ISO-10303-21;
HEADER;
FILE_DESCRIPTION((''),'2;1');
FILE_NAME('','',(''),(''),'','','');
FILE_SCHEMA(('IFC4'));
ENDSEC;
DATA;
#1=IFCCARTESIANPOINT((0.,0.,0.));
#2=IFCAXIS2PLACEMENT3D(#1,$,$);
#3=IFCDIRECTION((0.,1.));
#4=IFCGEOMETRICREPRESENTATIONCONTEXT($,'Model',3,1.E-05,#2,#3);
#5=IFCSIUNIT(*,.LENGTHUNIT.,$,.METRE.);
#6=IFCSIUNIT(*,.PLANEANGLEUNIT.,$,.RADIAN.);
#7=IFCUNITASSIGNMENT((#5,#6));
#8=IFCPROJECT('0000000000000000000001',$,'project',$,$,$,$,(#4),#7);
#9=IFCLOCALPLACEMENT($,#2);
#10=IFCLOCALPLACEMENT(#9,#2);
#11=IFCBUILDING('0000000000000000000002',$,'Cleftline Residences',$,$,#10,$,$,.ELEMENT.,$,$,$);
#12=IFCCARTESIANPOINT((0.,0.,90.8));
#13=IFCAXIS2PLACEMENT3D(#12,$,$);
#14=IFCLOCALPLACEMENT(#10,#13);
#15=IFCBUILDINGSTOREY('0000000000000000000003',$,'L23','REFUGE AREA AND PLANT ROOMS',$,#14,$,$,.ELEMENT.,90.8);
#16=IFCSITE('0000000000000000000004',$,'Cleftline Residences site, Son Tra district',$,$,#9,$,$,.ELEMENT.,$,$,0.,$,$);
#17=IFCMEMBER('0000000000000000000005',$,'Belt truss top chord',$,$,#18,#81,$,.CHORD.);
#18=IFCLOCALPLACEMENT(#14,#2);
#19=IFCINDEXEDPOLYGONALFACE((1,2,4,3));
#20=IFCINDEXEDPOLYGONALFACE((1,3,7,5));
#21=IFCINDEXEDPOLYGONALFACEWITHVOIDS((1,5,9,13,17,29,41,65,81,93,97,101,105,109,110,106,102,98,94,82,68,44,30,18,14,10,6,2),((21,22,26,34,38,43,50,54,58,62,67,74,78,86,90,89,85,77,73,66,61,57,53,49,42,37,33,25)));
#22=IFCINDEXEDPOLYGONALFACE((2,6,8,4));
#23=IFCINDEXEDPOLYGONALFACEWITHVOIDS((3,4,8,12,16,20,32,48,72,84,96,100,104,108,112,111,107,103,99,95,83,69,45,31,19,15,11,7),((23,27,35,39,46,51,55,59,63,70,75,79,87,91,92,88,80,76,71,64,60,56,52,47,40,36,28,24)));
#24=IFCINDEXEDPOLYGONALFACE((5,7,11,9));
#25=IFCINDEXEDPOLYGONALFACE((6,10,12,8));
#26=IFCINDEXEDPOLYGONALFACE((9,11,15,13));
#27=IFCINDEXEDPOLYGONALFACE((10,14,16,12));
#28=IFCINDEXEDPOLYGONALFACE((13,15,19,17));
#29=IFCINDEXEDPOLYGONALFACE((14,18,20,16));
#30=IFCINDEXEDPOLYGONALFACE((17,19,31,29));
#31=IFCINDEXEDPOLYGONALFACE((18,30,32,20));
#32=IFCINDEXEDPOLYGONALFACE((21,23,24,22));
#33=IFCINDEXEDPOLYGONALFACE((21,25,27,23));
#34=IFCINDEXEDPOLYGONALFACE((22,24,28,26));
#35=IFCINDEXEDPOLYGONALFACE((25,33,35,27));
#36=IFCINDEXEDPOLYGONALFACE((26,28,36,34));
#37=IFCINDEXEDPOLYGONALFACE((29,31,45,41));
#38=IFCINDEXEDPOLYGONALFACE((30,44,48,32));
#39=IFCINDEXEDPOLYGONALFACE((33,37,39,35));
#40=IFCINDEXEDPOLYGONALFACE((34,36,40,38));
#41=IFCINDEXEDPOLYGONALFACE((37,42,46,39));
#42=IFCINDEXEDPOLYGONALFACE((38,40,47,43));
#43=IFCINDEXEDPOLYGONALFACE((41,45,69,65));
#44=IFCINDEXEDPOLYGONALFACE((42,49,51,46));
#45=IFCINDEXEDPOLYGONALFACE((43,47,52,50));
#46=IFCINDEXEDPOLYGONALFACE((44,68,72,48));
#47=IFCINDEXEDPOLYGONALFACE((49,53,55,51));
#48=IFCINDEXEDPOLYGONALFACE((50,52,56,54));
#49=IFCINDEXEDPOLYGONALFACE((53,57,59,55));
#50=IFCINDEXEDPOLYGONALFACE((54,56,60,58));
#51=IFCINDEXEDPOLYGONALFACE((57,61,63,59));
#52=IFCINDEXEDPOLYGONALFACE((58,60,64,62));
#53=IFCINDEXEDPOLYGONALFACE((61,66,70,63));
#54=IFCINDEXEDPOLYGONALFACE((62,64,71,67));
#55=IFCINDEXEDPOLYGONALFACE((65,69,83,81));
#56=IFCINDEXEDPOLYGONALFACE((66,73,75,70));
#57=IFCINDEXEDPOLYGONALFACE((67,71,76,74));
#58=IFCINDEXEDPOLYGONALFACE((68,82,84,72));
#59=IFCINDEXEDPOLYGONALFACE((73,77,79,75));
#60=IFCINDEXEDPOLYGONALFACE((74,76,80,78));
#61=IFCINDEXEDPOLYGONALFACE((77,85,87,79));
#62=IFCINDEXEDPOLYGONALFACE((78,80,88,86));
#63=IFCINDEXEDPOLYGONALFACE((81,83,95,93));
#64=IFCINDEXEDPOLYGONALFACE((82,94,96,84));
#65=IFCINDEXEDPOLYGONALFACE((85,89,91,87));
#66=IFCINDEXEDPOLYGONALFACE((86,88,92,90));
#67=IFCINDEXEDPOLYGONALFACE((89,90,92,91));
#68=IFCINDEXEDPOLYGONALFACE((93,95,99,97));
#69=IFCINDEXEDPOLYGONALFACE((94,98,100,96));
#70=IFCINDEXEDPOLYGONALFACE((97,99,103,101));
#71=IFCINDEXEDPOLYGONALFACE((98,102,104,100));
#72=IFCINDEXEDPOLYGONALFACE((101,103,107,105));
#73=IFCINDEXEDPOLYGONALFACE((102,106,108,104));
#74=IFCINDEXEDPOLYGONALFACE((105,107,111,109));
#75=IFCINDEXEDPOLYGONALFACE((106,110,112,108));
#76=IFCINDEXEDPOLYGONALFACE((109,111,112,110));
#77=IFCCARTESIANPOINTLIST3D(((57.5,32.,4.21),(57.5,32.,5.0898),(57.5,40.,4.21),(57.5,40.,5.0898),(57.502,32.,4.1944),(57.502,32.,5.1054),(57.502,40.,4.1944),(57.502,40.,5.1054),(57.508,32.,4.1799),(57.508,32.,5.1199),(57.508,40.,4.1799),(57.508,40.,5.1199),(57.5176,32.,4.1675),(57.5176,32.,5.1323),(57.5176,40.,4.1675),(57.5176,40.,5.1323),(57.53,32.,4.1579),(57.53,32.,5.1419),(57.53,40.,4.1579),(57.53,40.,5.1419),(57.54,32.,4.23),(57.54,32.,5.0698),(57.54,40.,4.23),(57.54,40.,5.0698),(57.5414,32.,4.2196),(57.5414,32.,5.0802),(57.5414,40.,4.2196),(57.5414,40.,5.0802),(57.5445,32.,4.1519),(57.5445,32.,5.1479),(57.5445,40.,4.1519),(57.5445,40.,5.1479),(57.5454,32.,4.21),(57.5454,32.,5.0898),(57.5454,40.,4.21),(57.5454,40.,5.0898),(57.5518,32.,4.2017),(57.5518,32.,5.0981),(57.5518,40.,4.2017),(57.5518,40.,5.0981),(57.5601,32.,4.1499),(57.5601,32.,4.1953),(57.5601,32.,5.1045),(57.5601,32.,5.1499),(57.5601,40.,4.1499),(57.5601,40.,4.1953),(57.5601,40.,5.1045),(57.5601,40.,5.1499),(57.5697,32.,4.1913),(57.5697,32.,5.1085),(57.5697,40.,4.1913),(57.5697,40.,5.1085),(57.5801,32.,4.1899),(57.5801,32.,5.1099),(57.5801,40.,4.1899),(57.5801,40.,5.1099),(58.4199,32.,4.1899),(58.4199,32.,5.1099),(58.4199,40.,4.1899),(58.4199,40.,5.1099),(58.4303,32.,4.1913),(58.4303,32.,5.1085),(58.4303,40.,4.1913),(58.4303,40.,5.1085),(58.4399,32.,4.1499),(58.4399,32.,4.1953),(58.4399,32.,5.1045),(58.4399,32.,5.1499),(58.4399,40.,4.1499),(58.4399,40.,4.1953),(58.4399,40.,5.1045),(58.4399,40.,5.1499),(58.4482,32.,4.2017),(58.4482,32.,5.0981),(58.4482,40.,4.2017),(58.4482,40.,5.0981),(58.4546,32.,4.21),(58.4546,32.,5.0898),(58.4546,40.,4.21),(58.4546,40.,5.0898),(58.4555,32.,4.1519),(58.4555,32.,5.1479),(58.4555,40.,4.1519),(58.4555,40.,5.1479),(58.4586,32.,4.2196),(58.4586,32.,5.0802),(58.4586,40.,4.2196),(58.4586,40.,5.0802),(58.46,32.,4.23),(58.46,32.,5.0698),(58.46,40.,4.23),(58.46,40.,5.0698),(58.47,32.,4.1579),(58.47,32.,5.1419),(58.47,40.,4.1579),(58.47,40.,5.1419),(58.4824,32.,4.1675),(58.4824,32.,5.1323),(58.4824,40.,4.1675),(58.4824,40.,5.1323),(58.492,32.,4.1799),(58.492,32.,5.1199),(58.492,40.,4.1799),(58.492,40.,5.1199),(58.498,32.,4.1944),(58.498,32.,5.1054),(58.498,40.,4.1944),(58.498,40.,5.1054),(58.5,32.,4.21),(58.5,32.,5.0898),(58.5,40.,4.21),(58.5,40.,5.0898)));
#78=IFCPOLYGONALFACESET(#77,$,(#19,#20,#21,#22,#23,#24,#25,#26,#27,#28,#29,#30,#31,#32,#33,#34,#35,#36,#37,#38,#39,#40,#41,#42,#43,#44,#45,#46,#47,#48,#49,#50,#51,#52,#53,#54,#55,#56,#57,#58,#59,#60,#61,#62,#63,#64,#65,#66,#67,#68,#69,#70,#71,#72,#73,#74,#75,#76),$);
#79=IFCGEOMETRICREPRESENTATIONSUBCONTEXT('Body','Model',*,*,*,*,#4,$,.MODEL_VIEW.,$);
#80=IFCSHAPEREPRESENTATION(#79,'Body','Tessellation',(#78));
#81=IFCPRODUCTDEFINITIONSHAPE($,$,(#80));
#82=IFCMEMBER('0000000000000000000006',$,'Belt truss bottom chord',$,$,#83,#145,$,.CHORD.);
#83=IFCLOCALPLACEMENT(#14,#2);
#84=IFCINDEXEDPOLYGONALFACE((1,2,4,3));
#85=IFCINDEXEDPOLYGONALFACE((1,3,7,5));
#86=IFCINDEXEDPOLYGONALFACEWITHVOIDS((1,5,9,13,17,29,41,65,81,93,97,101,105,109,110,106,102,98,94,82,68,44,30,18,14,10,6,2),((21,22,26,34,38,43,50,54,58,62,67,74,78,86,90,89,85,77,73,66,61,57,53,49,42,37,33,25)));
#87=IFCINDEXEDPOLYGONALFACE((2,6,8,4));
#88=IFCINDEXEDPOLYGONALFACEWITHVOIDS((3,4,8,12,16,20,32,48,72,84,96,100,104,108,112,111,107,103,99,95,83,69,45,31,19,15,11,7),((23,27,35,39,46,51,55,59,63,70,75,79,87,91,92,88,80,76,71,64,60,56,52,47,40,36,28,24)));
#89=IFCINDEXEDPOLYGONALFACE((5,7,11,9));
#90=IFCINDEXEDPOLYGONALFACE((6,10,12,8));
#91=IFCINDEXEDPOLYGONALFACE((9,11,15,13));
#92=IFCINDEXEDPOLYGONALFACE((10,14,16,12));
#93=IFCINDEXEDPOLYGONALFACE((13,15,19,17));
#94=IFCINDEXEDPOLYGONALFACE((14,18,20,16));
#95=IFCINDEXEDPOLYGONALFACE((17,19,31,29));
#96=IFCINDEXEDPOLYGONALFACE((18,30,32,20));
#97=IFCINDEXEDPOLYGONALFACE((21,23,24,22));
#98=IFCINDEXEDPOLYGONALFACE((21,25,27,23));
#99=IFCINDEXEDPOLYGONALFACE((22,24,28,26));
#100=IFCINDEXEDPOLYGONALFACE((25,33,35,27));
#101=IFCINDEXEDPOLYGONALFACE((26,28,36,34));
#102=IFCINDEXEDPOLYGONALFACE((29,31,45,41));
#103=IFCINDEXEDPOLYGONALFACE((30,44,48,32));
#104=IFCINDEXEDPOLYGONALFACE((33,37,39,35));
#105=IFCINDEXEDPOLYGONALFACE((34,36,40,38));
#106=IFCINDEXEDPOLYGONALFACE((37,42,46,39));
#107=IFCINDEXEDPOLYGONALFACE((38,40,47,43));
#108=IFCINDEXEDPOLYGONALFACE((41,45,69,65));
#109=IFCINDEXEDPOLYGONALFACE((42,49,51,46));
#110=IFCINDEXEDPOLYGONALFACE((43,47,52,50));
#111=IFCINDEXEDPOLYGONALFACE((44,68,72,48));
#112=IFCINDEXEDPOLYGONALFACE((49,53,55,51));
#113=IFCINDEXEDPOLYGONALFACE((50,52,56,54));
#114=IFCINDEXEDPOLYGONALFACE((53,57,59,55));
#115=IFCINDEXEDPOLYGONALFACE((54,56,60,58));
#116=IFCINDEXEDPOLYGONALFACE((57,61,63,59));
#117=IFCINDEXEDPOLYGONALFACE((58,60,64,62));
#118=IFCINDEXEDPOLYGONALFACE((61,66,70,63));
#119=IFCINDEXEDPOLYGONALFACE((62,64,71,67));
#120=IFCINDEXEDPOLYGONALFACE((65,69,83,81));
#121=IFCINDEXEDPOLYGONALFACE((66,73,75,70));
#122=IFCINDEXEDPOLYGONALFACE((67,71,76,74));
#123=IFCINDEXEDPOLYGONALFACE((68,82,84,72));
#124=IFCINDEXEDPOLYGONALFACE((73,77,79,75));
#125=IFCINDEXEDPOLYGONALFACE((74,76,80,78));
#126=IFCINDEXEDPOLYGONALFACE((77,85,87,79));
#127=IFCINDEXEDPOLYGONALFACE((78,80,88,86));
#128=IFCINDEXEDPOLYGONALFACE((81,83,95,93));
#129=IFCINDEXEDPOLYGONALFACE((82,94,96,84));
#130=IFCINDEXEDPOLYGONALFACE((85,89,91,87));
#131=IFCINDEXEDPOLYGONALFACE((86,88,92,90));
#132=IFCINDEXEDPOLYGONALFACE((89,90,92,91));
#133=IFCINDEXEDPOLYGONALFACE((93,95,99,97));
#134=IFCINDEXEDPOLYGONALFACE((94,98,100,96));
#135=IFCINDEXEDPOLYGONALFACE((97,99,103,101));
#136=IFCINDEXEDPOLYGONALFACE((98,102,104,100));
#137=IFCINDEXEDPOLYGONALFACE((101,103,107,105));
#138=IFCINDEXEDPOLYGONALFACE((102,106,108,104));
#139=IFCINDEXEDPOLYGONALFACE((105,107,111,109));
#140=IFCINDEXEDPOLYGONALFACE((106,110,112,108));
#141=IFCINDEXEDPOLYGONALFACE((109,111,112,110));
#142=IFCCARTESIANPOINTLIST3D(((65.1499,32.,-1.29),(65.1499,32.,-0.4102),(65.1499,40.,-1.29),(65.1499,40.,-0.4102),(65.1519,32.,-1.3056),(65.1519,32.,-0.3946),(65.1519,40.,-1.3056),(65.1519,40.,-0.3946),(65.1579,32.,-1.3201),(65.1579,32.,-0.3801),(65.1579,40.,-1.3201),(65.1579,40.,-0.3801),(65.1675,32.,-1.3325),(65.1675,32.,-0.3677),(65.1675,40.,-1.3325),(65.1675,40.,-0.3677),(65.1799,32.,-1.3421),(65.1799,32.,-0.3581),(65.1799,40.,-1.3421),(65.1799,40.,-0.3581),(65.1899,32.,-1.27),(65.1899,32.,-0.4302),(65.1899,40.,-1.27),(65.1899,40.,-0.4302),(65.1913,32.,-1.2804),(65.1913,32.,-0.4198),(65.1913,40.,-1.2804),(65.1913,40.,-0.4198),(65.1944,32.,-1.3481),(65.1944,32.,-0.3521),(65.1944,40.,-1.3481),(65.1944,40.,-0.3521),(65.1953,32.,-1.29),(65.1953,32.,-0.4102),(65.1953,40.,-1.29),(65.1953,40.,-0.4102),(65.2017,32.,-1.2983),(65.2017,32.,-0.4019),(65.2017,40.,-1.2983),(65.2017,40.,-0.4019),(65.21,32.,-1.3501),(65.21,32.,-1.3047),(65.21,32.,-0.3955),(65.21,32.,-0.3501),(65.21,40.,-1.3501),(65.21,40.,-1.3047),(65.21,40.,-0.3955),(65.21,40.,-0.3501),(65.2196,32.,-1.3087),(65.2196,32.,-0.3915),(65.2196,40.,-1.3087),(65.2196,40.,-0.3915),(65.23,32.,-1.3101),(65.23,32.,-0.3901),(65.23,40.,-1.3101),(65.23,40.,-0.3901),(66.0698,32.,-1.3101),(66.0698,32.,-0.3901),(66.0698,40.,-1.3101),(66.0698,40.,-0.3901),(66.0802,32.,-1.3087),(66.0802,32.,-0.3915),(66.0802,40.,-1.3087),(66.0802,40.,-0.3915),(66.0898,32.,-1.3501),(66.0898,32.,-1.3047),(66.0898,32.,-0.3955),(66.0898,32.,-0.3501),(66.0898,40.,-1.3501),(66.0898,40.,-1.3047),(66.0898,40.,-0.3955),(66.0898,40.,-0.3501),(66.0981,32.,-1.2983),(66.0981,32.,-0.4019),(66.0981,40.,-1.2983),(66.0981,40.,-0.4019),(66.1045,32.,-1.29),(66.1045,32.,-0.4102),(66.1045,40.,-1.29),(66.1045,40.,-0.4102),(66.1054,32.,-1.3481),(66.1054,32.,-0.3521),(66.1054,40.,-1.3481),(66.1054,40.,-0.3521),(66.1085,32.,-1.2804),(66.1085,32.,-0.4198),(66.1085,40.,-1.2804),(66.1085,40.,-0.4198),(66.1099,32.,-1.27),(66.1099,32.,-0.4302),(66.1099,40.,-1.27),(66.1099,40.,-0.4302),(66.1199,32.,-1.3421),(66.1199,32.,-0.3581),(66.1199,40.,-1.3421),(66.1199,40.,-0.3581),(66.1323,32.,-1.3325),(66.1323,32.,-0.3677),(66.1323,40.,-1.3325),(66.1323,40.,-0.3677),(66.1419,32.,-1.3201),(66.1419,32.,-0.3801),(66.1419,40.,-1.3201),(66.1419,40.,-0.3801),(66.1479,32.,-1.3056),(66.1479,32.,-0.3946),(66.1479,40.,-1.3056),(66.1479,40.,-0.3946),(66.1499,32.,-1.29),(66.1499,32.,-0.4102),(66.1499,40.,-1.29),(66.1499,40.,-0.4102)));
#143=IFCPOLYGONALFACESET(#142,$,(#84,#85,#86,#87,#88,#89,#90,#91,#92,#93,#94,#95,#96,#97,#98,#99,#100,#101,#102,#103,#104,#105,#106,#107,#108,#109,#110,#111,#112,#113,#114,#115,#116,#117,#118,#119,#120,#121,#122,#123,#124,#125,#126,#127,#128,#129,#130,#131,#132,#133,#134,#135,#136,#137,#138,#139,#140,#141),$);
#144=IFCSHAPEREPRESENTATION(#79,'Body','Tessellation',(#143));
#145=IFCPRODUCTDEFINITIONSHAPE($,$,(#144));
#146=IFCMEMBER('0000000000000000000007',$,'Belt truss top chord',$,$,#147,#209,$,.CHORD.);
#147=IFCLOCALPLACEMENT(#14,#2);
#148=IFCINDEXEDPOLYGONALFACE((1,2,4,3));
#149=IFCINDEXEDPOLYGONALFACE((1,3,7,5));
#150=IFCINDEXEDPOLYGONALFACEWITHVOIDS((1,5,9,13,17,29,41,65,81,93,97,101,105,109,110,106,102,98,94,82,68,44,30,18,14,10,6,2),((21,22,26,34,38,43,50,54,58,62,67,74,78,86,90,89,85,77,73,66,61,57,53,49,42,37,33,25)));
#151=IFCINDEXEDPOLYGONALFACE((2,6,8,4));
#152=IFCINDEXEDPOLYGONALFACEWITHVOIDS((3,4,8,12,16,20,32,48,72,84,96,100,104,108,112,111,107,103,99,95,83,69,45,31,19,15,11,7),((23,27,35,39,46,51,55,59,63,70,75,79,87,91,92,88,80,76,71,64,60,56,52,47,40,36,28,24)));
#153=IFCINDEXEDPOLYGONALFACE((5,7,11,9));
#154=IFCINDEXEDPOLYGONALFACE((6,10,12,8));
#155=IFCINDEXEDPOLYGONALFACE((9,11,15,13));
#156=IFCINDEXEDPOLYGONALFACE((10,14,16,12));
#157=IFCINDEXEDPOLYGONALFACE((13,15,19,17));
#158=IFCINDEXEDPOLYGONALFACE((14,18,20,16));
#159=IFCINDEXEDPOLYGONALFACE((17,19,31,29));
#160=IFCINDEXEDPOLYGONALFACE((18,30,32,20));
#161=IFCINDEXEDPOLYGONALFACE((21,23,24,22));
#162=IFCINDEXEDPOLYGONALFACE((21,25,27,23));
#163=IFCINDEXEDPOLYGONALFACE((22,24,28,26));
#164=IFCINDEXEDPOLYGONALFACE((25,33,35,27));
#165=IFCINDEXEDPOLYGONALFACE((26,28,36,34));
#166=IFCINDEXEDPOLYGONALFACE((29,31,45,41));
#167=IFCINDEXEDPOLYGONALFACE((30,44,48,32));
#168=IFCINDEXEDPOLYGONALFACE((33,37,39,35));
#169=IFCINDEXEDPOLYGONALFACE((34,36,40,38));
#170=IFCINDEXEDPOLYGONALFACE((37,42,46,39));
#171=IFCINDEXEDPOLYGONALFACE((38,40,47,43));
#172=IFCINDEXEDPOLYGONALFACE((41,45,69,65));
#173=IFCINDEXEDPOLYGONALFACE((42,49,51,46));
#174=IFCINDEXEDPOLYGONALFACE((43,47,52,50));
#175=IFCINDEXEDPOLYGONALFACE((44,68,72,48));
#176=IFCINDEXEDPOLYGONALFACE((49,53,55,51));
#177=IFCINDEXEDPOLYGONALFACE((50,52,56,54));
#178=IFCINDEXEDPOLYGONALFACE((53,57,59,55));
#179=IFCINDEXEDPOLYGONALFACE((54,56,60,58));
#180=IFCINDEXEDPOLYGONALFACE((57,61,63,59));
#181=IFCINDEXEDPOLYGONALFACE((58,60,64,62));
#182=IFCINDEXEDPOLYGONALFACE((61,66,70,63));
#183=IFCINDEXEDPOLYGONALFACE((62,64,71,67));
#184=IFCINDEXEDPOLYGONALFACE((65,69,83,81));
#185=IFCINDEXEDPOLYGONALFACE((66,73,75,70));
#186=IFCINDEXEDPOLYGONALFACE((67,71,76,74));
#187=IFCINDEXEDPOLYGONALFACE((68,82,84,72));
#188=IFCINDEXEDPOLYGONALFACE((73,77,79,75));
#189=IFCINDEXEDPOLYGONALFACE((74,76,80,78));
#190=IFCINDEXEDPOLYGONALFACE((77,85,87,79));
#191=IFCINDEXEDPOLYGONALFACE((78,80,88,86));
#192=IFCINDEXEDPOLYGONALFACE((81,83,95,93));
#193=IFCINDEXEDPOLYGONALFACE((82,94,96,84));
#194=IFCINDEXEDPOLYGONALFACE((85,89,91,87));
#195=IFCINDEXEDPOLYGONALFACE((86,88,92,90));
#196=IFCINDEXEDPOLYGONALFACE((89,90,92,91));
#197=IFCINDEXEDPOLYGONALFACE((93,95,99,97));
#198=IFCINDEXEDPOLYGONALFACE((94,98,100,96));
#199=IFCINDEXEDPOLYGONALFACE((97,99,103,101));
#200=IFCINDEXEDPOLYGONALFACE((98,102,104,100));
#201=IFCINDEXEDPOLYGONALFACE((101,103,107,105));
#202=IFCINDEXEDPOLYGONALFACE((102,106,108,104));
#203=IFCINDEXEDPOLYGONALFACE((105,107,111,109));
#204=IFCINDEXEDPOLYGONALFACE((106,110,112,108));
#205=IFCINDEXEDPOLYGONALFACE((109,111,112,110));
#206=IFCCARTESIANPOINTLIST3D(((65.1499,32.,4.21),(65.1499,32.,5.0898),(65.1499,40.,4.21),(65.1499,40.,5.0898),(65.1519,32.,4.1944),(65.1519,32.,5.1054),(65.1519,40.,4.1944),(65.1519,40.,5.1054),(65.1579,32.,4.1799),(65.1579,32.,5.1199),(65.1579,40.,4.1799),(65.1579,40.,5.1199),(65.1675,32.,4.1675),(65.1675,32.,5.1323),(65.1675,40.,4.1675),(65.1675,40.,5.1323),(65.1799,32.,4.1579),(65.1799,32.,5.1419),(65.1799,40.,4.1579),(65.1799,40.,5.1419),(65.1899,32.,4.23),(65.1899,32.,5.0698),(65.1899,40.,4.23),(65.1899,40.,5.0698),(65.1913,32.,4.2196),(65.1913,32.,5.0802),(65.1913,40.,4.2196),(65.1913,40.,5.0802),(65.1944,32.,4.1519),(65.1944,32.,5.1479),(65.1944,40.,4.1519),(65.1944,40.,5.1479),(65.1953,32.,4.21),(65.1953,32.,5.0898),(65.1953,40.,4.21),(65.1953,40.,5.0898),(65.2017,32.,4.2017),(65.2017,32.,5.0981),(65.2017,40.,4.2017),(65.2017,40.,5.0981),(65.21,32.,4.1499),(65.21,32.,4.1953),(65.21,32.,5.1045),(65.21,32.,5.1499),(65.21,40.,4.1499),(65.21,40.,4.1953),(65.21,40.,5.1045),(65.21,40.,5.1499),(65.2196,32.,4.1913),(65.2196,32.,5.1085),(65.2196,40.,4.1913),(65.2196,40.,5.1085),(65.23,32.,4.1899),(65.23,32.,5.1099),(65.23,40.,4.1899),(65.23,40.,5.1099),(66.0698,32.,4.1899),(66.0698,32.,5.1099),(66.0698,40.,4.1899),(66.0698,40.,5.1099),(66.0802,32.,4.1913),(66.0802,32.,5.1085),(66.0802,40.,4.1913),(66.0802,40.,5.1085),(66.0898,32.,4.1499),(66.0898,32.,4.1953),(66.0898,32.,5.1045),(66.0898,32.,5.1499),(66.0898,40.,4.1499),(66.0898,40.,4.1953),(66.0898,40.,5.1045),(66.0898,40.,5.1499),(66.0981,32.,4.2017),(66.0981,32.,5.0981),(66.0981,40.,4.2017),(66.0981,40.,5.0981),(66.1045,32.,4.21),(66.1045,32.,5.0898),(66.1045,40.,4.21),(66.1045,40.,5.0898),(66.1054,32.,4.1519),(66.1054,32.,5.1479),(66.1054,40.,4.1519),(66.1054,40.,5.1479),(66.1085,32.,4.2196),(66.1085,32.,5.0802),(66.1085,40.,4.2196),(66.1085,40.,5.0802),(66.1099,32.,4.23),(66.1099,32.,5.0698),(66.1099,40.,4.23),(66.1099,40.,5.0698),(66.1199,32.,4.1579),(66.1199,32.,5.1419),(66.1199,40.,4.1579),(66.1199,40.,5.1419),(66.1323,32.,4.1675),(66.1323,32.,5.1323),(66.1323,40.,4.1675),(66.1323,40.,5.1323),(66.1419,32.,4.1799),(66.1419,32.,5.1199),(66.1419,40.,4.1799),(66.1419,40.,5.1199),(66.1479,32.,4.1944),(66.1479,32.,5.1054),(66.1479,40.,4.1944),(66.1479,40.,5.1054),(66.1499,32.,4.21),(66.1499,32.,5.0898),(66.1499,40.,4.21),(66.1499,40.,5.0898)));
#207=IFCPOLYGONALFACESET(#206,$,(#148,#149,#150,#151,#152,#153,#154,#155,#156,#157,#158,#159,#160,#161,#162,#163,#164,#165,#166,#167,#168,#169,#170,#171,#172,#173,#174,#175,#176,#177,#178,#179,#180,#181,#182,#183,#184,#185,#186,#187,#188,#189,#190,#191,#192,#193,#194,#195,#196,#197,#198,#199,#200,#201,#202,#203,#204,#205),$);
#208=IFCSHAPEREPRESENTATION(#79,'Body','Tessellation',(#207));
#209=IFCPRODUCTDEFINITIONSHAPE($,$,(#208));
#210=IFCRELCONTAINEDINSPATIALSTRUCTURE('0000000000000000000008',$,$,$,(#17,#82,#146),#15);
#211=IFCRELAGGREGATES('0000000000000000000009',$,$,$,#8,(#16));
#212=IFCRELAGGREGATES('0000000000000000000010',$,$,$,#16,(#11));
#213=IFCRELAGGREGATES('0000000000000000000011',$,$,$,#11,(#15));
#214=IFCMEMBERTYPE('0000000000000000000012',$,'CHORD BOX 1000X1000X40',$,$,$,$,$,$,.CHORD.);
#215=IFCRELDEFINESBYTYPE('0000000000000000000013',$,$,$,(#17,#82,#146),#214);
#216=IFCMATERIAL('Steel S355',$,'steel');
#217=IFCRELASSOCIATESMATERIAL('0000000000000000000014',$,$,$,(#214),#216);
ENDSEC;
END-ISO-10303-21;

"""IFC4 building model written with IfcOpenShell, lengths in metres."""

from ifc_helpers import new_model, si_unit, direction, frame, origin, origin_2d, place, context, subcontext, project, spatial, hollow_rectangle, extrude, material, material_profile, profile_set, type_object, element, save


model = new_model("IFC4")

# Units and contexts
model_context = context("Model", 3, precision=1e-05, world=origin(), true_north=direction((0.0, 1.0)))
body_context = subcontext(model_context, "Body", "Model", "MODEL_VIEW")
ifc_project = project(units=[si_unit("LENGTHUNIT", "METRE"), si_unit("PLANEANGLEUNIT", "RADIAN")], contexts=[model_context])

# Site, building, storey
site_placement = place(None, origin())
site = spatial("IfcSite", under=ifc_project, at=site_placement, Name="Cleftline Residences site, Son Tra district", CompositionType="ELEMENT", RefElevation=0.0)
building_placement = place(site_placement, origin())
building = spatial("IfcBuilding", under=site, at=building_placement, Name="Cleftline Residences", CompositionType="ELEMENT")
storey_placement = place(building_placement, frame((0.0, 0.0, 90.8)))
storey = spatial("IfcBuildingStorey", under=building, at=storey_placement, Name="L23", Description="REFUGE AREA AND PLANT ROOMS", CompositionType="ELEMENT", Elevation=90.8)

# Members
ifc_material_1 = material(Name="Steel S355", Category="steel")
ifc_material_profile_1 = material_profile(ifc_material_1, hollow_rectangle(XDim=1.0, YDim=1.0, WallThickness=0.04, InnerFilletRadius=0.04, OuterFilletRadius=0.0601, at=origin_2d()))
ifc_profile_set_1 = profile_set([ifc_material_profile_1], Name="Steel S355")
member_type_1 = type_object("IfcMemberType", Name="CHORD BOX 1000X1000X40", PredefinedType="CHORD", material=ifc_profile_set_1)
for number, where, z_axis, x_axis, name in (
    (1, (58.0, 32.0, 4.6499), (0.0, 1.0, 0.0), (-1.0, 0.0, 0.0), "Belt truss top chord"),
    (2, (65.6499, 32.0, -0.8501), (0.0, 1.0, 0.0), (-1.0, 0.0, 0.0), "Belt truss bottom chord"),
    (3, (65.6499, 32.0, 4.6499), (0.0, 1.0, 0.0), (-1.0, 0.0, 0.0), "Belt truss top chord"),
):
    element("IfcMember", number, at=place(storey_placement, frame(where, z_axis=z_axis, x_axis=x_axis)), inside=storey, type_object=member_type_1, Name=name, PredefinedType="CHORD", context=body_context, shape_type="SweptSolid", body=[
        extrude(hollow_rectangle(XDim=1.0, YDim=1.0, WallThickness=0.04, InnerFilletRadius=0.04, OuterFilletRadius=0.0601, at=origin_2d()), origin(), (0.0, 0.0, 1.0), 8.0),
    ])

save(model, "model.ifc")
